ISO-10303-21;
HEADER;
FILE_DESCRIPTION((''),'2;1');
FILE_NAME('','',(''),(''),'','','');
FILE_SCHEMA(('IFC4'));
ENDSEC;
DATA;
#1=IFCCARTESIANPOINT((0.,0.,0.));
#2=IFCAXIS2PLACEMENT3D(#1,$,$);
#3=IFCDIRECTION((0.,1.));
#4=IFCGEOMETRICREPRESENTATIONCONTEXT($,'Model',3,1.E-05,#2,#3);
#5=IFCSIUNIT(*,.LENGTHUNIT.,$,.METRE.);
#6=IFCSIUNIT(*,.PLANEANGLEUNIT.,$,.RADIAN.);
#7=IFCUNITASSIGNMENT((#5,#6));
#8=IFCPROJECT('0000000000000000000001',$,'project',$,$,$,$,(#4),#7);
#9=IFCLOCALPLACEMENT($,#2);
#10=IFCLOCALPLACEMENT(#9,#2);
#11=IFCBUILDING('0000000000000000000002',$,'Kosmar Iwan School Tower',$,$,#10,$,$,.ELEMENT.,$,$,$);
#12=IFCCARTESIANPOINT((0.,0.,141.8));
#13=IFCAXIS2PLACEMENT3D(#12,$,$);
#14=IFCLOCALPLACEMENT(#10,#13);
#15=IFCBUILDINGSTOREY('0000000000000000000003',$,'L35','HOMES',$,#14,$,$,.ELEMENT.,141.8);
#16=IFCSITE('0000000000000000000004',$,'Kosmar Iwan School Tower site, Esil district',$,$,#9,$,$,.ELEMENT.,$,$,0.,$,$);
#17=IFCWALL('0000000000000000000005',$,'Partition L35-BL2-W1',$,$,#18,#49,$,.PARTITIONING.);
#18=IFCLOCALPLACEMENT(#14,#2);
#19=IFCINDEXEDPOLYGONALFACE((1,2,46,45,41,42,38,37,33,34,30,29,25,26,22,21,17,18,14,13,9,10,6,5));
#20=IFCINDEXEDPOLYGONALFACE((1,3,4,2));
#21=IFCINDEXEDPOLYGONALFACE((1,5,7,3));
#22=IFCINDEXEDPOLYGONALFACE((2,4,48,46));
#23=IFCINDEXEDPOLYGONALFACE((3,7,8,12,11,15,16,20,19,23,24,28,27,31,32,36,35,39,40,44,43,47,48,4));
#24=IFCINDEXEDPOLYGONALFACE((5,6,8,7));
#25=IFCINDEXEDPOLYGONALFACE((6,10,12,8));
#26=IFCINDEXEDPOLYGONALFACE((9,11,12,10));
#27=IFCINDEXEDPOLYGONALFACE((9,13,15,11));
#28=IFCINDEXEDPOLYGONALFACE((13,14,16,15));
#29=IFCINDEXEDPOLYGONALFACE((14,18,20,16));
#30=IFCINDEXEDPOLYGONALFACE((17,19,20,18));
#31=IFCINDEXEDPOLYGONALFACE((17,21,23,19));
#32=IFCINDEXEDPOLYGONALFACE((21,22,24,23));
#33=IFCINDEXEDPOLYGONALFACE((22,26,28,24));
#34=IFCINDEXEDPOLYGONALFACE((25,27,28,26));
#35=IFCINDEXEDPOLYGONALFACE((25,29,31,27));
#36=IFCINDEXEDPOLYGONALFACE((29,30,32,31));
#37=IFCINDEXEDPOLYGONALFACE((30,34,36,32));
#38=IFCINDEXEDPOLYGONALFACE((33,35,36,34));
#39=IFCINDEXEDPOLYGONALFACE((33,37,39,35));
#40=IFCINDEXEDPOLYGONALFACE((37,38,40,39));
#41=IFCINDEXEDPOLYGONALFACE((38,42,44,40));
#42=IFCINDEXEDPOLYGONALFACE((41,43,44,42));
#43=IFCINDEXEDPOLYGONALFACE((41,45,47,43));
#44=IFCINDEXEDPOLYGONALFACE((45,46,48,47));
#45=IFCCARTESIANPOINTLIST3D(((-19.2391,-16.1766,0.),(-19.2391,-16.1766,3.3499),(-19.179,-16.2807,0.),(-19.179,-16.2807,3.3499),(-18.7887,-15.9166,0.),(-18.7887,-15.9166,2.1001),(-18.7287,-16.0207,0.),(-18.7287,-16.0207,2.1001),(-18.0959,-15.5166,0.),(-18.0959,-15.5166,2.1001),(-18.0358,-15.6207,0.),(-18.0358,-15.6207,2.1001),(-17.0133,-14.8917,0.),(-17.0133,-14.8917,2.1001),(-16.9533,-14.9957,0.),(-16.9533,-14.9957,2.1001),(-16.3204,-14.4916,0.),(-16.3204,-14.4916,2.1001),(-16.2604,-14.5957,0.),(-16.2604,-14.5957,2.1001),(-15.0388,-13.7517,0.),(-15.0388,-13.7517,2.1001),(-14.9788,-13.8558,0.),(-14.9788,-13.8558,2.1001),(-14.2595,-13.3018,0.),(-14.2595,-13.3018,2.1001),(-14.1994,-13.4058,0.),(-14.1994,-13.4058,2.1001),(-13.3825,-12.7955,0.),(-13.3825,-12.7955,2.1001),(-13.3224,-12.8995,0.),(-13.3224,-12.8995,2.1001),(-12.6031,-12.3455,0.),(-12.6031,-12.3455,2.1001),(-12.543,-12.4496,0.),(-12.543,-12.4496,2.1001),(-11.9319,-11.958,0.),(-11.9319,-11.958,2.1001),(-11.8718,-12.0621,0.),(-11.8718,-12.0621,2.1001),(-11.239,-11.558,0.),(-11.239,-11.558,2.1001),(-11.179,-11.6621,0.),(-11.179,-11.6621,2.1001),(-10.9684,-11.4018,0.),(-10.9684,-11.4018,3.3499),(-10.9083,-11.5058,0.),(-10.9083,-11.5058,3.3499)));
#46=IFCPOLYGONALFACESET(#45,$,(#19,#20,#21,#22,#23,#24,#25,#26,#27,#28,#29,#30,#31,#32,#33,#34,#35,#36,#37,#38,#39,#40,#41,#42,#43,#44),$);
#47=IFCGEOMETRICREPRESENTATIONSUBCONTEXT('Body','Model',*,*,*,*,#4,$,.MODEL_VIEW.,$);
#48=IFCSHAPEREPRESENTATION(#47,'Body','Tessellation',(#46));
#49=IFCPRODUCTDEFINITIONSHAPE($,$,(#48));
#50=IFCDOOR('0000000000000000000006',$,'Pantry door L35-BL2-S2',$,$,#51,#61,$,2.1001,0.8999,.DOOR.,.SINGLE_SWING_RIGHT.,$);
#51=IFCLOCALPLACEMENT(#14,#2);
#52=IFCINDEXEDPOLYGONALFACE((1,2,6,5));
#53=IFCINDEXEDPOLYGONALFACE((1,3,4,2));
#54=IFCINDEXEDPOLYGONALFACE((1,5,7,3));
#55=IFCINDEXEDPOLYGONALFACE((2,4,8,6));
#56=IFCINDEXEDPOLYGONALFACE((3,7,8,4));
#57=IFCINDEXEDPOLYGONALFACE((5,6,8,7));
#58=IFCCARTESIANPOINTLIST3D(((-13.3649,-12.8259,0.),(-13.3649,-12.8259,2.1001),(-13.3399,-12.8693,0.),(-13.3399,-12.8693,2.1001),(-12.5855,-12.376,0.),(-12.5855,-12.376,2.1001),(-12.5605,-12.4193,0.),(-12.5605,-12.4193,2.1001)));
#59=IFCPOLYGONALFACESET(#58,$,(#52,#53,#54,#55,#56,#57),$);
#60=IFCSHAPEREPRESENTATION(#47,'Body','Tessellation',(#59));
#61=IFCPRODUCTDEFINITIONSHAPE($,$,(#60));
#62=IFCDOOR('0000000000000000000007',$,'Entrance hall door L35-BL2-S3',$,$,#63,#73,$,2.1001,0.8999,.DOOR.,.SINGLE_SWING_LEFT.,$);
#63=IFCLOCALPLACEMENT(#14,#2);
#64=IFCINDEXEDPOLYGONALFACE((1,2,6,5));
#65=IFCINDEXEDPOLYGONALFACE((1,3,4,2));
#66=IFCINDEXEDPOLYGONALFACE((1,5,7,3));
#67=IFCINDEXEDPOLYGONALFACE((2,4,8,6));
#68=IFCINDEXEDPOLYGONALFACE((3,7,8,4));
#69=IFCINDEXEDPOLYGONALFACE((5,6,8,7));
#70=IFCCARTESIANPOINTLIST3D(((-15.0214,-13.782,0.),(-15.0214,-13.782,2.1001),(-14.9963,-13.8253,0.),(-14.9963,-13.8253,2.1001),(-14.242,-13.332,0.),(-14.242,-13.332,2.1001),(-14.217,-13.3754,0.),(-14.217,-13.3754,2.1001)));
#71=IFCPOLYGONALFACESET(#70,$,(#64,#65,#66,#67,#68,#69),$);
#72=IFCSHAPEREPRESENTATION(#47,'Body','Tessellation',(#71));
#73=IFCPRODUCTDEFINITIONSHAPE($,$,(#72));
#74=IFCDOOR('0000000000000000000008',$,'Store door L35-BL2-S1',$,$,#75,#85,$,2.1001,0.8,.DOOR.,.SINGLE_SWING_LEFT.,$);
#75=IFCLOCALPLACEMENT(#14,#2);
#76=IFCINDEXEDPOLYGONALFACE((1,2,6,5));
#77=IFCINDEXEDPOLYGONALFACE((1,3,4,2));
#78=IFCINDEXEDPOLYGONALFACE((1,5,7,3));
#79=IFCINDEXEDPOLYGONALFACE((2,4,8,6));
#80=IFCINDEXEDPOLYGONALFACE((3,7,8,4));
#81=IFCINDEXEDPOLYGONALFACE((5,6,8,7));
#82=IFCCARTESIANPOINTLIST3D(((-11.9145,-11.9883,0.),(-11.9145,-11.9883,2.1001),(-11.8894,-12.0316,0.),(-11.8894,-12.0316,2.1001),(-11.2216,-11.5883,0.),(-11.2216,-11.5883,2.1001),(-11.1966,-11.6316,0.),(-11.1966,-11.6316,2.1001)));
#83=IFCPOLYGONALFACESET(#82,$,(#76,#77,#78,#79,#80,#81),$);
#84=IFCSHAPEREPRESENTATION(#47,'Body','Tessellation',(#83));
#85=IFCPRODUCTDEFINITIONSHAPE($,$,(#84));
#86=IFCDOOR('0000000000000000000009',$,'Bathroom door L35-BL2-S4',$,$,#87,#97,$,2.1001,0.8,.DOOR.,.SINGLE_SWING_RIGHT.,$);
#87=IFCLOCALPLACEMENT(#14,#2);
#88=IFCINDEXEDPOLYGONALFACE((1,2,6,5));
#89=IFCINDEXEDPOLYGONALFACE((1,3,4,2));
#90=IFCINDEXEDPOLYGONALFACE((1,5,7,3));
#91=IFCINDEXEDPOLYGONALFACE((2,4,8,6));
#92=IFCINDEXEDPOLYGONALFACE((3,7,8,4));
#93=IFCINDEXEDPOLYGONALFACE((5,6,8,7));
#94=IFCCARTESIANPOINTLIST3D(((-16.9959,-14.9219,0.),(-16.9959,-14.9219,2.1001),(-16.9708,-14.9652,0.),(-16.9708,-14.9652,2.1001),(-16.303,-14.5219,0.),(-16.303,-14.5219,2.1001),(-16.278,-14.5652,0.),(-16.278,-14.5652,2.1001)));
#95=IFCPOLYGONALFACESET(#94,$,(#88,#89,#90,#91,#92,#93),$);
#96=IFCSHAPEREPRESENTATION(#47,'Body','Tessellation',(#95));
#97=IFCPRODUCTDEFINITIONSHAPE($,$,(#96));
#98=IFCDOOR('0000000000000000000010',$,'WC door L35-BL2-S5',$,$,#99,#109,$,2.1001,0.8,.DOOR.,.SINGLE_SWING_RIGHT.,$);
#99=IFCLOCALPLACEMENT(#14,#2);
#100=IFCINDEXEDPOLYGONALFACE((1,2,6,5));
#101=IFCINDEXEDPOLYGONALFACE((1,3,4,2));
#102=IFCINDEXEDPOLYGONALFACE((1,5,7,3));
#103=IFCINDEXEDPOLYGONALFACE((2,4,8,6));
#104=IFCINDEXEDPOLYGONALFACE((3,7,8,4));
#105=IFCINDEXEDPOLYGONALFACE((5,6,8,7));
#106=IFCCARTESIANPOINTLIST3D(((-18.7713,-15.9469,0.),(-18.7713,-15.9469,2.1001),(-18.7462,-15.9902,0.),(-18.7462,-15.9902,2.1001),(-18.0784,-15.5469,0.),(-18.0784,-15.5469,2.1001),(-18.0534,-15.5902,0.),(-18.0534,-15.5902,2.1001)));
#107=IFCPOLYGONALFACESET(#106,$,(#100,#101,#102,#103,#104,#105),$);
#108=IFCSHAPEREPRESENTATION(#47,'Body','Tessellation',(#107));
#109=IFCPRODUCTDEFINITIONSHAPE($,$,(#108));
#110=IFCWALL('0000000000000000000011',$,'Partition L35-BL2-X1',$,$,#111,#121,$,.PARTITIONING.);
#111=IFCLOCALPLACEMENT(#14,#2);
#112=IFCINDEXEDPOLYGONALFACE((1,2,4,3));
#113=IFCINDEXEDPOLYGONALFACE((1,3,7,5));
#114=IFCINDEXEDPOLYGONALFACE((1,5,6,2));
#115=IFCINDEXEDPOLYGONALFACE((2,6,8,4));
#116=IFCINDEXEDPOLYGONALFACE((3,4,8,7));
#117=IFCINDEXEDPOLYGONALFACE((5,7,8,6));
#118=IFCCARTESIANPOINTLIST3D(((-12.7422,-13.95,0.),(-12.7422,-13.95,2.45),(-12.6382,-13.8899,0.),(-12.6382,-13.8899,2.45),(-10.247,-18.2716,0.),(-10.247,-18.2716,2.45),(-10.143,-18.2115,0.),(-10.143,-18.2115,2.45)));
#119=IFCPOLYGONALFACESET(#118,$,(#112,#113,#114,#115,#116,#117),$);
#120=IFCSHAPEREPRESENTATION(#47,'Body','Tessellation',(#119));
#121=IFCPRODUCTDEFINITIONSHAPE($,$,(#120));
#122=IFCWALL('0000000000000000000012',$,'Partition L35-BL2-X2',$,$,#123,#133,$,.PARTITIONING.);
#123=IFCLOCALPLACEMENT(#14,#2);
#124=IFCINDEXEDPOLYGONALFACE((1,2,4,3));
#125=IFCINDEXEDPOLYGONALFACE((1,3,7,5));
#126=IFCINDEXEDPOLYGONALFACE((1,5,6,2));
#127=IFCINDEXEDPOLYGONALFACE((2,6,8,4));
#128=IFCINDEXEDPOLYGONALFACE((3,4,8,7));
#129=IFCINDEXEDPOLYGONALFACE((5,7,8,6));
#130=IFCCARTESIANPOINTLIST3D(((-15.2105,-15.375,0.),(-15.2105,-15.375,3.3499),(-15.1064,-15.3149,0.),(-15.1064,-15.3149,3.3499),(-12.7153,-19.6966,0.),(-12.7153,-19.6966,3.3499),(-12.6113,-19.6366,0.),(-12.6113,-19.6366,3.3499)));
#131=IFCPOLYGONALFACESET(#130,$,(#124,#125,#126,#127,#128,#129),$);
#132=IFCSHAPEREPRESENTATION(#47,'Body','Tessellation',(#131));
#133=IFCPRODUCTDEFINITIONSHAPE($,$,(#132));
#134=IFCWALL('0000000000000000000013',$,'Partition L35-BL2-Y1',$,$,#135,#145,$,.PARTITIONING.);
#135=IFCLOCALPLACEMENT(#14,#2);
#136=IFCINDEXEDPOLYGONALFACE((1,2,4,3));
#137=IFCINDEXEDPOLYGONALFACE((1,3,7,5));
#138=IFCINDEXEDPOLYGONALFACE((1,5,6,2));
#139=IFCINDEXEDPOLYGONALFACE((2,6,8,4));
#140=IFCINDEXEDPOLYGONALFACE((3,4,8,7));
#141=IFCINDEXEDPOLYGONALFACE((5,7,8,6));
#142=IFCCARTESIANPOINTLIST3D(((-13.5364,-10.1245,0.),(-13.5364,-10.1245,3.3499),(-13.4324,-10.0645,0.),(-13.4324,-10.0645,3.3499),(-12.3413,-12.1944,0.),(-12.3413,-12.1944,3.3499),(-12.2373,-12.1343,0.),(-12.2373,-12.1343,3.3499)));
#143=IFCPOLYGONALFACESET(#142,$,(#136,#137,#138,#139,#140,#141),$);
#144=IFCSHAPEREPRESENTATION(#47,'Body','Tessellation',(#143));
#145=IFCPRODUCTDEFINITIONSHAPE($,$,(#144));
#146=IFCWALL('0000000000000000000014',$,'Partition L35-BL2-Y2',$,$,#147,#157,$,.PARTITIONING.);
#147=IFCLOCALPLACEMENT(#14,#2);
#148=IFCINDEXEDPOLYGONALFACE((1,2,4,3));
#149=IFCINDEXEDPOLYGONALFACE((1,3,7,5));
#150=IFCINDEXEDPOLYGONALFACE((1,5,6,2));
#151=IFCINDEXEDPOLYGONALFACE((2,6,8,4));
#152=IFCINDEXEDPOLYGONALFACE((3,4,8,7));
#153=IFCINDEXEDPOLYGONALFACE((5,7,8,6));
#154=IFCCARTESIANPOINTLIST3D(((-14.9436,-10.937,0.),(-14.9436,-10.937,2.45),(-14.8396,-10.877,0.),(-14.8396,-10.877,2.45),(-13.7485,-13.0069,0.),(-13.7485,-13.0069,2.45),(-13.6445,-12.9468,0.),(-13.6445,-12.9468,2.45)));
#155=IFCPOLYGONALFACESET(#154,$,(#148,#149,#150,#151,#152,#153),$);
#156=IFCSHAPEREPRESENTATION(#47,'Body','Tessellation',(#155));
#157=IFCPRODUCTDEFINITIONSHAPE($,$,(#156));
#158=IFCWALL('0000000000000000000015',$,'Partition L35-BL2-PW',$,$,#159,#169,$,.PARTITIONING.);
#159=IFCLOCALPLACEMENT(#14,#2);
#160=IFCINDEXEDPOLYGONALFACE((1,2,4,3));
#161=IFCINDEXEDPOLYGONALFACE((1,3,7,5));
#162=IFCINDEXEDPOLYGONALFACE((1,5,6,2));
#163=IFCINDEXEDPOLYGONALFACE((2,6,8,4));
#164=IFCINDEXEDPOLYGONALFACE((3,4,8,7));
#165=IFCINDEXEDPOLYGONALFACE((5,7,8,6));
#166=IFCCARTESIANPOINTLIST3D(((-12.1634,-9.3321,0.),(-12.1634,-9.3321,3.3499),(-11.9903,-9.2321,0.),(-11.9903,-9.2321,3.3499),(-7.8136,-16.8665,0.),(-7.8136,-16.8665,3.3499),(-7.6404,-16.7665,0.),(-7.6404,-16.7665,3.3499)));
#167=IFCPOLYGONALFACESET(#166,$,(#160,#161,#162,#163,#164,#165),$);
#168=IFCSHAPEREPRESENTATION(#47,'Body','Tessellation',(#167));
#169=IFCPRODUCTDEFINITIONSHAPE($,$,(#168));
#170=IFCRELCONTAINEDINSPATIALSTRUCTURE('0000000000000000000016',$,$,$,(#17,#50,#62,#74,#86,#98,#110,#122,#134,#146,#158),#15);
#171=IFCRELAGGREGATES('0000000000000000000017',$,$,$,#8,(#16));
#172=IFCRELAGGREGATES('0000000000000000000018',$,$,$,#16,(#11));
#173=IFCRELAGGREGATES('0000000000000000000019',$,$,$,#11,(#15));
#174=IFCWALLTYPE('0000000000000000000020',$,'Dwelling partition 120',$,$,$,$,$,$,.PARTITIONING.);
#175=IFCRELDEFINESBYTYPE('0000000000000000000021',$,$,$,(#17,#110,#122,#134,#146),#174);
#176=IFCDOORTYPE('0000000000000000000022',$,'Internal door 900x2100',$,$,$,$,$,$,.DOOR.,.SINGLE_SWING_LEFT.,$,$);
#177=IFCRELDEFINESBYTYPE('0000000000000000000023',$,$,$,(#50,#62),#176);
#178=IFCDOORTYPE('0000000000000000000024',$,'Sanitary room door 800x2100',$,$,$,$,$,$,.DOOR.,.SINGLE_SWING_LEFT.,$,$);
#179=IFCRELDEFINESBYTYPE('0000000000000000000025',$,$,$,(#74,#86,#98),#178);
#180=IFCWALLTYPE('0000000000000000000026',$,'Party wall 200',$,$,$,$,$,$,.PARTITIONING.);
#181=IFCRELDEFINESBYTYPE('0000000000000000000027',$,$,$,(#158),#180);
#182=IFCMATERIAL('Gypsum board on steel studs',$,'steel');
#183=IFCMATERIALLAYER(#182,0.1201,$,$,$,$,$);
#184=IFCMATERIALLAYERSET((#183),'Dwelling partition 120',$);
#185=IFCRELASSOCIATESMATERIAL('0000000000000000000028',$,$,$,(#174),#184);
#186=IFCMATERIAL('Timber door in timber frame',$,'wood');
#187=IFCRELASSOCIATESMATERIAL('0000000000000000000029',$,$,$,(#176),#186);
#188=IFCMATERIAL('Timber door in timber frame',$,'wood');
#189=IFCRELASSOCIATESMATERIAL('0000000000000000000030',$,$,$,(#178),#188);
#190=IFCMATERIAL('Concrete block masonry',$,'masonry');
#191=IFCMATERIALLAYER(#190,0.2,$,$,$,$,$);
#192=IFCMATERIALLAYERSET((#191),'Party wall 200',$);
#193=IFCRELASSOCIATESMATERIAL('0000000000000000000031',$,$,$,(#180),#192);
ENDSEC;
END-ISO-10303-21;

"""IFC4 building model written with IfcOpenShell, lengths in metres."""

from ifc_helpers import new_model, si_unit, direction, frame, frame_2d, origin, place, context, subcontext, project, spatial, rectangle, extrude, material, layer, layer_set, type_object, element, fill, save


model = new_model("IFC4")

# Units and contexts
model_context = context("Model", 3, precision=1e-05, world=origin(), true_north=direction((0.0, 1.0)))
body_context = subcontext(model_context, "Body", "Model", "MODEL_VIEW")
ifc_project = project(units=[si_unit("LENGTHUNIT", "METRE"), si_unit("PLANEANGLEUNIT", "RADIAN")], contexts=[model_context])

# Site, building, storey
site_placement = place(None, origin())
site = spatial("IfcSite", under=ifc_project, at=site_placement, Name="Kosmar Iwan School Tower site, Esil district", CompositionType="ELEMENT", RefElevation=0.0)
building_placement = place(site_placement, origin())
building = spatial("IfcBuilding", under=site, at=building_placement, Name="Kosmar Iwan School Tower", CompositionType="ELEMENT")
storey_placement = place(building_placement, frame((0.0, 0.0, 141.8)))
storey = spatial("IfcBuildingStorey", under=building, at=storey_placement, Name="L35", Description="HOMES", CompositionType="ELEMENT", Elevation=141.8)

# Wall, openings, doors
ifc_material_1 = material(Name="Gypsum board on steel studs", Category="steel")
ifc_layer_1 = layer(ifc_material_1, 0.1201)
ifc_layer_set_1 = layer_set([ifc_layer_1], Name="Dwelling partition 120")
wall_type_1 = type_object("IfcWallType", Name="Dwelling partition 120", PredefinedType="PARTITIONING", material=ifc_layer_set_1)
wall_1_placement = place(storey_placement, frame((-10.9385, -11.4539, 0.0), z_axis=(0.0, 0.0, 1.0), x_axis=(-0.866035, -0.499983, 0.0)))
wall_1 = element("IfcWall", 1, at=wall_1_placement, inside=storey, type_object=wall_type_1, Name="Partition L35-BL2-W1", PredefinedType="PARTITIONING", context=body_context, shape_type="SweptSolid", body=[
    extrude(rectangle(XDim=9.55, YDim=0.1201, at=frame_2d((4.7749, 0.0))), origin(), (0.0, 0.0, 1.0), 3.3499),
])
opening_1_placement = place(wall_1_placement, frame((0.3125, 0.0, 0.0)))
opening_1 = element("IfcOpeningElement", 2, at=opening_1_placement, cuts=wall_1, PredefinedType="OPENING", context=body_context, shape_type="SweptSolid", body=[
    extrude(rectangle(XDim=0.8, YDim=2.1001, at=frame_2d((0.3999, 1.05))), frame((0.0, 0.072, 0.0), z_axis=(0.0, -1.0, 0.0), x_axis=(1.0, 0.0, 0.0)), (0.0, 0.0, 1.0), 0.144),
])
opening_2_placement = place(wall_1_placement, frame((1.8875, 0.0, 0.0)))
opening_2 = element("IfcOpeningElement", 3, at=opening_2_placement, cuts=wall_1, PredefinedType="OPENING", context=body_context, shape_type="SweptSolid", body=[
    extrude(rectangle(XDim=0.8999, YDim=2.1001, at=frame_2d((0.45, 1.05))), frame((0.0, 0.072, 0.0), z_axis=(0.0, -1.0, 0.0), x_axis=(1.0, 0.0, 0.0)), (0.0, 0.0, 1.0), 0.144),
])
opening_3_placement = place(wall_1_placement, frame((3.8, 0.0, 0.0)))
opening_3 = element("IfcOpeningElement", 4, at=opening_3_placement, cuts=wall_1, PredefinedType="OPENING", context=body_context, shape_type="SweptSolid", body=[
    extrude(rectangle(XDim=0.8999, YDim=2.1001, at=frame_2d((0.45, 1.05))), frame((0.0, 0.072, 0.0), z_axis=(0.0, -1.0, 0.0), x_axis=(1.0, 0.0, 0.0)), (0.0, 0.0, 1.0), 0.144),
])
opening_4_placement = place(wall_1_placement, frame((6.1799, 0.0, 0.0)))
opening_4 = element("IfcOpeningElement", 5, at=opening_4_placement, cuts=wall_1, PredefinedType="OPENING", context=body_context, shape_type="SweptSolid", body=[
    extrude(rectangle(XDim=0.8, YDim=2.1001, at=frame_2d((0.3999, 1.05))), frame((0.0, 0.072, 0.0), z_axis=(0.0, -1.0, 0.0), x_axis=(1.0, 0.0, 0.0)), (0.0, 0.0, 1.0), 0.144),
])
opening_5_placement = place(wall_1_placement, frame((8.23, 0.0, 0.0)))
opening_5 = element("IfcOpeningElement", 6, at=opening_5_placement, cuts=wall_1, PredefinedType="OPENING", context=body_context, shape_type="SweptSolid", body=[
    extrude(rectangle(XDim=0.8, YDim=2.1001, at=frame_2d((0.3999, 1.05))), frame((0.0, 0.072, 0.0), z_axis=(0.0, -1.0, 0.0), x_axis=(1.0, 0.0, 0.0)), (0.0, 0.0, 1.0), 0.144),
])
ifc_material_2 = material(Name="Timber door in timber frame", Category="wood")
door_type_1 = type_object("IfcDoorType", Name="Internal door 900x2100", OperationType="SINGLE_SWING_LEFT", PredefinedType="DOOR", material=ifc_material_2)
door_1_placement = place(opening_2_placement, frame((0.8999, 0.0, 0.0), z_axis=(0.0, 0.0, 1.0), x_axis=(-1.0, 0.0, 0.0)))
door_1 = element("IfcDoor", 7, at=door_1_placement, inside=storey, type_object=door_type_1, Name="Pantry door L35-BL2-S2", OperationType="SINGLE_SWING_RIGHT", OverallHeight=2.1001, OverallWidth=0.8999, PredefinedType="DOOR", context=body_context, shape_type="SweptSolid", body=[
    extrude(rectangle(XDim=0.8999, YDim=2.1001, at=frame_2d((0.45, 1.05))), frame((0.0, 0.0249, 0.0), z_axis=(0.0, -1.0, 0.0), x_axis=(1.0, 0.0, 0.0)), (0.0, 0.0, 1.0), 0.05),
])
fill(opening_2, door_1)
door_2_placement = place(opening_3_placement, origin())
door_2 = element("IfcDoor", 8, at=door_2_placement, inside=storey, type_object=door_type_1, Name="Entrance hall door L35-BL2-S3", OperationType="SINGLE_SWING_LEFT", OverallHeight=2.1001, OverallWidth=0.8999, PredefinedType="DOOR", context=body_context, shape_type="SweptSolid", body=[
    extrude(rectangle(XDim=0.8999, YDim=2.1001, at=frame_2d((0.45, 1.05))), frame((0.0, 0.0249, 0.0), z_axis=(0.0, -1.0, 0.0), x_axis=(1.0, 0.0, 0.0)), (0.0, 0.0, 1.0), 0.05),
])
fill(opening_3, door_2)
ifc_material_3 = material(Name="Timber door in timber frame", Category="wood")
door_type_2 = type_object("IfcDoorType", Name="Sanitary room door 800x2100", OperationType="SINGLE_SWING_LEFT", PredefinedType="DOOR", material=ifc_material_3)
door_3_placement = place(opening_1_placement, origin())
door_3 = element("IfcDoor", 9, at=door_3_placement, inside=storey, type_object=door_type_2, Name="Store door L35-BL2-S1", OperationType="SINGLE_SWING_LEFT", OverallHeight=2.1001, OverallWidth=0.8, PredefinedType="DOOR", context=body_context, shape_type="SweptSolid", body=[
    extrude(rectangle(XDim=0.8, YDim=2.1001, at=frame_2d((0.3999, 1.05))), frame((0.0, 0.0249, 0.0), z_axis=(0.0, -1.0, 0.0), x_axis=(1.0, 0.0, 0.0)), (0.0, 0.0, 1.0), 0.05),
])
fill(opening_1, door_3)
door_4_placement = place(opening_4_placement, origin())
door_4 = element("IfcDoor", 10, at=door_4_placement, inside=storey, type_object=door_type_2, Name="Bathroom door L35-BL2-S4", OperationType="SINGLE_SWING_RIGHT", OverallHeight=2.1001, OverallWidth=0.8, PredefinedType="DOOR", context=body_context, shape_type="SweptSolid", body=[
    extrude(rectangle(XDim=0.8, YDim=2.1001, at=frame_2d((0.3999, 1.05))), frame((0.0, 0.0249, 0.0), z_axis=(0.0, -1.0, 0.0), x_axis=(1.0, 0.0, 0.0)), (0.0, 0.0, 1.0), 0.05),
])
fill(opening_4, door_4)
door_5_placement = place(opening_5_placement, origin())
door_5 = element("IfcDoor", 11, at=door_5_placement, inside=storey, type_object=door_type_2, Name="WC door L35-BL2-S5", OperationType="SINGLE_SWING_RIGHT", OverallHeight=2.1001, OverallWidth=0.8, PredefinedType="DOOR", context=body_context, shape_type="SweptSolid", body=[
    extrude(rectangle(XDim=0.8, YDim=2.1001, at=frame_2d((0.3999, 1.05))), frame((0.0, 0.0249, 0.0), z_axis=(0.0, -1.0, 0.0), x_axis=(1.0, 0.0, 0.0)), (0.0, 0.0, 1.0), 0.05),
])
fill(opening_5, door_5)

# Walls
wall_2_placement = place(storey_placement, frame((-12.6902, -13.9199, 0.0), z_axis=(0.0, 0.0, 1.0), x_axis=(0.500012, -0.866019, 0.0)))
element("IfcWall", 12, at=wall_2_placement, inside=storey, type_object=wall_type_1, Name="Partition L35-BL2-X1", PredefinedType="PARTITIONING", context=body_context, shape_type="SweptSolid", body=[
    extrude(rectangle(XDim=4.9902, YDim=0.1201, at=frame_2d((2.4951, 0.0))), origin(), (0.0, 0.0, 1.0), 2.45),
])
wall_3_placement = place(storey_placement, frame((-15.1584, -15.345, 0.0), z_axis=(0.0, 0.0, 1.0), x_axis=(0.500012, -0.866019, 0.0)))
element("IfcWall", 13, at=wall_3_placement, inside=storey, type_object=wall_type_1, Name="Partition L35-BL2-X2", PredefinedType="PARTITIONING", context=body_context, shape_type="SweptSolid", body=[
    extrude(rectangle(XDim=4.9902, YDim=0.1201, at=frame_2d((2.4951, 0.0))), origin(), (0.0, 0.0, 1.0), 3.3499),
])
wall_4_placement = place(storey_placement, frame((-13.4844, -10.0945, 0.0), z_axis=(0.0, 0.0, 1.0), x_axis=(0.500017, -0.866015, 0.0)))
element("IfcWall", 14, at=wall_4_placement, inside=storey, type_object=wall_type_1, Name="Partition L35-BL2-Y1", PredefinedType="PARTITIONING", context=body_context, shape_type="SweptSolid", body=[
    extrude(rectangle(XDim=2.3901, YDim=0.1201, at=frame_2d((1.1951, 0.0))), origin(), (0.0, 0.0, 1.0), 3.3499),
])
wall_5_placement = place(storey_placement, frame((-14.8916, -10.907, 0.0), z_axis=(0.0, 0.0, 1.0), x_axis=(0.500017, -0.866015, 0.0)))
element("IfcWall", 15, at=wall_5_placement, inside=storey, type_object=wall_type_1, Name="Partition L35-BL2-Y2", PredefinedType="PARTITIONING", context=body_context, shape_type="SweptSolid", body=[
    extrude(rectangle(XDim=2.3901, YDim=0.1201, at=frame_2d((1.1951, 0.0))), origin(), (0.0, 0.0, 1.0), 2.45),
])
ifc_material_4 = material(Name="Concrete block masonry", Category="masonry")
ifc_layer_2 = layer(ifc_material_4, 0.2)
ifc_layer_set_2 = layer_set([ifc_layer_2], Name="Party wall 200")
wall_type_2 = type_object("IfcWallType", Name="Party wall 200", PredefinedType="PARTITIONING", material=ifc_layer_set_2)
wall_6_placement = place(storey_placement, frame((-12.0769, -9.282, 0.0), z_axis=(0.0, 0.0, 1.0), x_axis=(0.499987, -0.866033, 0.0)))
element("IfcWall", 16, at=wall_6_placement, inside=storey, type_object=wall_type_2, Name="Partition L35-BL2-PW", PredefinedType="PARTITIONING", context=body_context, shape_type="SweptSolid", body=[
    extrude(rectangle(XDim=8.7, YDim=0.2, at=frame_2d((4.3501, 0.0))), origin(), (0.0, 0.0, 1.0), 3.3499),
])

save(model, "model.ifc")
